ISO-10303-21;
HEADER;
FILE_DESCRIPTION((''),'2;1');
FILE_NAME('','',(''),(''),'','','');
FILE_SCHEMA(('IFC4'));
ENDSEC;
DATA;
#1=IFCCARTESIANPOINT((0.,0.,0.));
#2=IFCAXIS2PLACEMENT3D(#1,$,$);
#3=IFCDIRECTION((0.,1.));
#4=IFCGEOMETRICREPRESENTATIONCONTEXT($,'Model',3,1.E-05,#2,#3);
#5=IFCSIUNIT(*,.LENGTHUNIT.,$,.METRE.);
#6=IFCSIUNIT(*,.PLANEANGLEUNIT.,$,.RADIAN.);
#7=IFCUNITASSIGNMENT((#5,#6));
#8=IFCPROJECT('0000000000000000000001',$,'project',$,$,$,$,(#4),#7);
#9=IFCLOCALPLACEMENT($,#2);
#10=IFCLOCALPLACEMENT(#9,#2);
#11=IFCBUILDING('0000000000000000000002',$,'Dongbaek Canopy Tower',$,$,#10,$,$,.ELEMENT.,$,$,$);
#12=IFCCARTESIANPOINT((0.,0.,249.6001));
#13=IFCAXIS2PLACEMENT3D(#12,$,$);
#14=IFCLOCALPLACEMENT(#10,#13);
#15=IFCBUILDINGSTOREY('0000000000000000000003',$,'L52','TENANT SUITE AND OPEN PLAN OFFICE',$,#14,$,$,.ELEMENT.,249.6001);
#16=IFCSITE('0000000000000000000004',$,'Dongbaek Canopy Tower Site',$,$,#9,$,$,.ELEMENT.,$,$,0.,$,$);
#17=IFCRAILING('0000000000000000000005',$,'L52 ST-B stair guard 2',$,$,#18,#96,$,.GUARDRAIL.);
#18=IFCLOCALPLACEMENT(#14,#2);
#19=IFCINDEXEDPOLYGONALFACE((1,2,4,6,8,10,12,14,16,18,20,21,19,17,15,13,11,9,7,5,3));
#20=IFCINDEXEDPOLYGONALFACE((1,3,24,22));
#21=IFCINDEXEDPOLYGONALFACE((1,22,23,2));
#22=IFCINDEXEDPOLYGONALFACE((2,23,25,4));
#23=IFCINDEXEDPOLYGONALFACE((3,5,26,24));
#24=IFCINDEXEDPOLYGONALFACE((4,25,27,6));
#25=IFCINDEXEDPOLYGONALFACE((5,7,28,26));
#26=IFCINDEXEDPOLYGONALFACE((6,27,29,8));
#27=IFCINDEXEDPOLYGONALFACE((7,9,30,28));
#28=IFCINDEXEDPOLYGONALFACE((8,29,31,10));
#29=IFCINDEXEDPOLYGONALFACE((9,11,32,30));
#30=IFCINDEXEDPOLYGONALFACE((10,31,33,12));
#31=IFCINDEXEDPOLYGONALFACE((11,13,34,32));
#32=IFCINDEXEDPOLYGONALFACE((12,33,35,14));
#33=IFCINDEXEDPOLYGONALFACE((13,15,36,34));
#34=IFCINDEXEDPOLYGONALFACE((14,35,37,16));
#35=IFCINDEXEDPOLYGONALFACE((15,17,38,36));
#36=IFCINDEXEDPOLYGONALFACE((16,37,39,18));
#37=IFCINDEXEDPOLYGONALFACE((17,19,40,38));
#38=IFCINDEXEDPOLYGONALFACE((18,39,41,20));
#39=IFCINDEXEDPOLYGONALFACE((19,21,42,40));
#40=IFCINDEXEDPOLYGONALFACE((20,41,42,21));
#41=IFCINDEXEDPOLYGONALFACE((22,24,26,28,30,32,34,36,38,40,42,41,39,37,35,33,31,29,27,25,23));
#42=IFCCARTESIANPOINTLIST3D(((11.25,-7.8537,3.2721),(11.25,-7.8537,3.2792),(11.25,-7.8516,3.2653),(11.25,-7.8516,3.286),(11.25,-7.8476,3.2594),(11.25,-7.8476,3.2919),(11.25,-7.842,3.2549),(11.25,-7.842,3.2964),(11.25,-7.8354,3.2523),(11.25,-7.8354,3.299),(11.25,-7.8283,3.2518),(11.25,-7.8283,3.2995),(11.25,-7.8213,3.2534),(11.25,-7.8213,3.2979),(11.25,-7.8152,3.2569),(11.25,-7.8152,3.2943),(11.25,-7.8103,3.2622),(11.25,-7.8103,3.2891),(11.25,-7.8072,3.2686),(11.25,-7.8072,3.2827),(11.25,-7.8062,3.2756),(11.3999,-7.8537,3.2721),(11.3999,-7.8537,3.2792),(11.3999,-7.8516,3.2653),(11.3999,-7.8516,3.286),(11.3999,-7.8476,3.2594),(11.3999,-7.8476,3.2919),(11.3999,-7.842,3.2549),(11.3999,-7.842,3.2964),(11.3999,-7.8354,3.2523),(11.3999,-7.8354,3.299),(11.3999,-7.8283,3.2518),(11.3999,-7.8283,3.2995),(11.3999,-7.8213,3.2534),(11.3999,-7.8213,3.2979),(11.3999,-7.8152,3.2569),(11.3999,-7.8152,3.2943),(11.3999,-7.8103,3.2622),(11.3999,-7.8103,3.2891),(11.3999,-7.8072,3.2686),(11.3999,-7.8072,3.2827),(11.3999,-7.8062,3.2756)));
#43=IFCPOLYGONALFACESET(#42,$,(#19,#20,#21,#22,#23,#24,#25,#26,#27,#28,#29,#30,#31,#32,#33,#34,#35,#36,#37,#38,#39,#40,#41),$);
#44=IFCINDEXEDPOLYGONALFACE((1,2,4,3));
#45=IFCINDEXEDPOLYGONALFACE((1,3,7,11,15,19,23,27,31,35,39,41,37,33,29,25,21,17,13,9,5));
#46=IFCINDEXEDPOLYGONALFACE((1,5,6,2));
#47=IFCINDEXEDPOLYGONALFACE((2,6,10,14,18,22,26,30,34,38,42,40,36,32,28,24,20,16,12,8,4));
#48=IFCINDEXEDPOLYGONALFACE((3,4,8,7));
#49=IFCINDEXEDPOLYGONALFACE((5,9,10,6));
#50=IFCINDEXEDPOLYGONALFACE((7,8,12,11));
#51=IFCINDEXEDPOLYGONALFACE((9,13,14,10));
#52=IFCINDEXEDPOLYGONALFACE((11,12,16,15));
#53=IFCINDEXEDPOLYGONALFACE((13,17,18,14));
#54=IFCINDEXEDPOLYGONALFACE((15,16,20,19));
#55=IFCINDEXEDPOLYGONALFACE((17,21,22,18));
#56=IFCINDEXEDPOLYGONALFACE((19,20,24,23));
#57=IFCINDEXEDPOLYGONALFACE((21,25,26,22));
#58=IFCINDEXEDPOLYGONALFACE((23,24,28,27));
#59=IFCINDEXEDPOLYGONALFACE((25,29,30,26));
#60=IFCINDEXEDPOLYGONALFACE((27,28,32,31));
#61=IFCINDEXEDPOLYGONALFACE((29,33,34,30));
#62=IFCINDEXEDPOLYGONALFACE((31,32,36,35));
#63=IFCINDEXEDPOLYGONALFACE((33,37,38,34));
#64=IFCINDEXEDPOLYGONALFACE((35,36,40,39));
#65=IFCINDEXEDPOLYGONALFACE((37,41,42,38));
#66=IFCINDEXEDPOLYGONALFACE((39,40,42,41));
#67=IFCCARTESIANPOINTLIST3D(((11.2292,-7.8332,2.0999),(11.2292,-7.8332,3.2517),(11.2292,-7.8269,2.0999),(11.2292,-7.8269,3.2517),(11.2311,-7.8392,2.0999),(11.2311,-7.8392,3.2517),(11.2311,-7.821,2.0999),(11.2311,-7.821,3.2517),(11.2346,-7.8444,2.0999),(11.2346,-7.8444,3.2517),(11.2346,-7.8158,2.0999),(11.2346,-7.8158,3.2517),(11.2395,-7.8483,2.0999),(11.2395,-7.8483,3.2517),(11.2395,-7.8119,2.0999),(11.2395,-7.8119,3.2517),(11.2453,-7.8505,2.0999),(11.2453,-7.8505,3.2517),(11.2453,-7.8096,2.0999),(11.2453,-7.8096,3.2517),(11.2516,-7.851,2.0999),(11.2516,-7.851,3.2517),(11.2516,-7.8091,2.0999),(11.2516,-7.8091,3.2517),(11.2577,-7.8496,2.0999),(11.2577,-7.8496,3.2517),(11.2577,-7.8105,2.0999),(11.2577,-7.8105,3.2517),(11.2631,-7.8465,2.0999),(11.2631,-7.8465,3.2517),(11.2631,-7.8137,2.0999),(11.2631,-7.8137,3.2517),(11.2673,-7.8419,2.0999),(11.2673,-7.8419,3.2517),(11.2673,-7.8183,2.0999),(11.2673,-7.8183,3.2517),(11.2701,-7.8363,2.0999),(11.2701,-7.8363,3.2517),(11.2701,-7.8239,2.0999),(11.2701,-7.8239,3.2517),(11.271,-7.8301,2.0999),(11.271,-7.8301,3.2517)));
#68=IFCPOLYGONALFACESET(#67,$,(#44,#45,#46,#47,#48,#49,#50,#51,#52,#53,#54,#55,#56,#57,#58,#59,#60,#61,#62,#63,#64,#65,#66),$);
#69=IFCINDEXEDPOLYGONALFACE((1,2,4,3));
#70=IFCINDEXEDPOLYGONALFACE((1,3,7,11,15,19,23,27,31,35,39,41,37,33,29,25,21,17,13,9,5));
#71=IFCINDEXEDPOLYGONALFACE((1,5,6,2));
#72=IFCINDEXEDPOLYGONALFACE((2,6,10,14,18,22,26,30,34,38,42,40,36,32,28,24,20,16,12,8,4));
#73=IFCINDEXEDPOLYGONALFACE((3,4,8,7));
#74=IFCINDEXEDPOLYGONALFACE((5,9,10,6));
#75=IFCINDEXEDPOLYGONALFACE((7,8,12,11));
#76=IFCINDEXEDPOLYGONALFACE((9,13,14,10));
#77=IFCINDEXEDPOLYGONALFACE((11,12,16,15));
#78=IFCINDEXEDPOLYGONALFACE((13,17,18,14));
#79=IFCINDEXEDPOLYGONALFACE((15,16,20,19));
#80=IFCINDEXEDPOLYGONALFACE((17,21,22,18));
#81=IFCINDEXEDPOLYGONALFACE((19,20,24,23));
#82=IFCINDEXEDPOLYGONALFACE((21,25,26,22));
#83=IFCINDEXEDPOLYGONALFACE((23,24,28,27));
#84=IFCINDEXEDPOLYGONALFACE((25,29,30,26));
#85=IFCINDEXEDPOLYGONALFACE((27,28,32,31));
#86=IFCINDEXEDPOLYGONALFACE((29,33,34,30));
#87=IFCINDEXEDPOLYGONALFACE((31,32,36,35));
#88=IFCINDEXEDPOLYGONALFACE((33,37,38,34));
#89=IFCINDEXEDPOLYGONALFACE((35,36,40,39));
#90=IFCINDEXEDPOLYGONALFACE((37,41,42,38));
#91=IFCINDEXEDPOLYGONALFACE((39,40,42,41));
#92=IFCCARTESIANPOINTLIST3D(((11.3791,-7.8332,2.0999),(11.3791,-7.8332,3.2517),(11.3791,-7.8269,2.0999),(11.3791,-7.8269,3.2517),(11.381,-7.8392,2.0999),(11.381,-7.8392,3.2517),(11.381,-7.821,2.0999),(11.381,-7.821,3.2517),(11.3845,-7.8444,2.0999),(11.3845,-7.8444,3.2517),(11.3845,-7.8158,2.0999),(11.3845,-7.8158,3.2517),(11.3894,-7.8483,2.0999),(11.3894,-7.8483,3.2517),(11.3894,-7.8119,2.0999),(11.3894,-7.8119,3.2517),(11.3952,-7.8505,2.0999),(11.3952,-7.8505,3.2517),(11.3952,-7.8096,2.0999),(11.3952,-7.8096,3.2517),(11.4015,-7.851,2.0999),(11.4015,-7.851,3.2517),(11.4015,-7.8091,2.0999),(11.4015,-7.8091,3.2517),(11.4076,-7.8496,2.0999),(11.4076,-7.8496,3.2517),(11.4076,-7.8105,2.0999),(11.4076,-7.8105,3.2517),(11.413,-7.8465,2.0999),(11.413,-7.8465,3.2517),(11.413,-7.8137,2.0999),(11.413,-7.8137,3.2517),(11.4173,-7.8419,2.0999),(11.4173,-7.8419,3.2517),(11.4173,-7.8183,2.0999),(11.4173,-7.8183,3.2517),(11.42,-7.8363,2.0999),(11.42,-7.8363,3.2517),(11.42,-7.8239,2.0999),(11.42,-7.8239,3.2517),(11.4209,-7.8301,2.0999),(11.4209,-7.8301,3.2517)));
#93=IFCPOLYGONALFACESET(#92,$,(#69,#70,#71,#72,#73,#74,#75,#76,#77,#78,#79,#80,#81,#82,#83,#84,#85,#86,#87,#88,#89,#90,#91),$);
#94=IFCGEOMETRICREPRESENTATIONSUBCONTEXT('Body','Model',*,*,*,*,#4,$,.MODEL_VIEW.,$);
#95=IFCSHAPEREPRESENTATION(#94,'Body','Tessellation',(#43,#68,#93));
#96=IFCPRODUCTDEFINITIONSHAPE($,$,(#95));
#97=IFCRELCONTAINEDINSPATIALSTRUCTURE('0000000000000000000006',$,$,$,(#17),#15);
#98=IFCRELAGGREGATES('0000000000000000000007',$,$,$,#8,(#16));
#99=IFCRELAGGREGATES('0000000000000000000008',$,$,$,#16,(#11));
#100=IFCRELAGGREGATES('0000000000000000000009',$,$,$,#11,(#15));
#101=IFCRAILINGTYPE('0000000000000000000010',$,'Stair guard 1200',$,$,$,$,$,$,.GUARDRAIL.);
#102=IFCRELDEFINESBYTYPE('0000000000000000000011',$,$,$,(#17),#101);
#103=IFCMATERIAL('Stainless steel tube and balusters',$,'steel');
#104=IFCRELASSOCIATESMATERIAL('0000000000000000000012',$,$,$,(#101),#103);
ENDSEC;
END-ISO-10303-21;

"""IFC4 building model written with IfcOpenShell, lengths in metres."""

from ifc_helpers import new_model, si_unit, direction, frame, origin, origin_2d, place, context, subcontext, project, spatial, circle, extrude, material, type_object, element, save


model = new_model("IFC4")

# Units and contexts
model_context = context("Model", 3, precision=1e-05, world=origin(), true_north=direction((0.0, 1.0)))
body_context = subcontext(model_context, "Body", "Model", "MODEL_VIEW")
ifc_project = project(units=[si_unit("LENGTHUNIT", "METRE"), si_unit("PLANEANGLEUNIT", "RADIAN")], contexts=[model_context])

# Site, building, storey
site_placement = place(None, origin())
site = spatial("IfcSite", under=ifc_project, at=site_placement, Name="Dongbaek Canopy Tower Site", CompositionType="ELEMENT", RefElevation=0.0)
building_placement = place(site_placement, origin())
building = spatial("IfcBuilding", under=site, at=building_placement, Name="Dongbaek Canopy Tower", CompositionType="ELEMENT")
storey_placement = place(building_placement, frame((0.0, 0.0, 249.6001)))
storey = spatial("IfcBuildingStorey", under=building, at=storey_placement, Name="L52", Description="TENANT SUITE AND OPEN PLAN OFFICE", CompositionType="ELEMENT", Elevation=249.6001)

# Railing
ifc_material_1 = material(Name="Stainless steel tube and balusters", Category="steel")
railing_type_1 = type_object("IfcRailingType", Name="Stair guard 1200", PredefinedType="GUARDRAIL", material=ifc_material_1)
railing_1_placement = place(storey_placement, frame((11.25, -7.8301, 2.0999)))
element("IfcRailing", 1, at=railing_1_placement, inside=storey, type_object=railing_type_1, Name="L52 ST-B stair guard 2", PredefinedType="GUARDRAIL", context=body_context, shape_type="SweptSolid", body=[
    extrude(circle(Radius=0.0239, at=origin_2d()), frame((0.0, 0.0, 1.1758), z_axis=(1.0, 0.0, 0.0), x_axis=(0.0, 1.0, 0.0)), (0.0, 0.0, 1.0), 0.1499),
    extrude(circle(Radius=0.021, at=origin_2d()), origin(), (0.0, 0.0, 1.0), 1.1519),
    extrude(circle(Radius=0.021, at=origin_2d()), frame((0.1499, 0.0, 0.0)), (0.0, 0.0, 1.0), 1.1519),
])

save(model, "model.ifc")
